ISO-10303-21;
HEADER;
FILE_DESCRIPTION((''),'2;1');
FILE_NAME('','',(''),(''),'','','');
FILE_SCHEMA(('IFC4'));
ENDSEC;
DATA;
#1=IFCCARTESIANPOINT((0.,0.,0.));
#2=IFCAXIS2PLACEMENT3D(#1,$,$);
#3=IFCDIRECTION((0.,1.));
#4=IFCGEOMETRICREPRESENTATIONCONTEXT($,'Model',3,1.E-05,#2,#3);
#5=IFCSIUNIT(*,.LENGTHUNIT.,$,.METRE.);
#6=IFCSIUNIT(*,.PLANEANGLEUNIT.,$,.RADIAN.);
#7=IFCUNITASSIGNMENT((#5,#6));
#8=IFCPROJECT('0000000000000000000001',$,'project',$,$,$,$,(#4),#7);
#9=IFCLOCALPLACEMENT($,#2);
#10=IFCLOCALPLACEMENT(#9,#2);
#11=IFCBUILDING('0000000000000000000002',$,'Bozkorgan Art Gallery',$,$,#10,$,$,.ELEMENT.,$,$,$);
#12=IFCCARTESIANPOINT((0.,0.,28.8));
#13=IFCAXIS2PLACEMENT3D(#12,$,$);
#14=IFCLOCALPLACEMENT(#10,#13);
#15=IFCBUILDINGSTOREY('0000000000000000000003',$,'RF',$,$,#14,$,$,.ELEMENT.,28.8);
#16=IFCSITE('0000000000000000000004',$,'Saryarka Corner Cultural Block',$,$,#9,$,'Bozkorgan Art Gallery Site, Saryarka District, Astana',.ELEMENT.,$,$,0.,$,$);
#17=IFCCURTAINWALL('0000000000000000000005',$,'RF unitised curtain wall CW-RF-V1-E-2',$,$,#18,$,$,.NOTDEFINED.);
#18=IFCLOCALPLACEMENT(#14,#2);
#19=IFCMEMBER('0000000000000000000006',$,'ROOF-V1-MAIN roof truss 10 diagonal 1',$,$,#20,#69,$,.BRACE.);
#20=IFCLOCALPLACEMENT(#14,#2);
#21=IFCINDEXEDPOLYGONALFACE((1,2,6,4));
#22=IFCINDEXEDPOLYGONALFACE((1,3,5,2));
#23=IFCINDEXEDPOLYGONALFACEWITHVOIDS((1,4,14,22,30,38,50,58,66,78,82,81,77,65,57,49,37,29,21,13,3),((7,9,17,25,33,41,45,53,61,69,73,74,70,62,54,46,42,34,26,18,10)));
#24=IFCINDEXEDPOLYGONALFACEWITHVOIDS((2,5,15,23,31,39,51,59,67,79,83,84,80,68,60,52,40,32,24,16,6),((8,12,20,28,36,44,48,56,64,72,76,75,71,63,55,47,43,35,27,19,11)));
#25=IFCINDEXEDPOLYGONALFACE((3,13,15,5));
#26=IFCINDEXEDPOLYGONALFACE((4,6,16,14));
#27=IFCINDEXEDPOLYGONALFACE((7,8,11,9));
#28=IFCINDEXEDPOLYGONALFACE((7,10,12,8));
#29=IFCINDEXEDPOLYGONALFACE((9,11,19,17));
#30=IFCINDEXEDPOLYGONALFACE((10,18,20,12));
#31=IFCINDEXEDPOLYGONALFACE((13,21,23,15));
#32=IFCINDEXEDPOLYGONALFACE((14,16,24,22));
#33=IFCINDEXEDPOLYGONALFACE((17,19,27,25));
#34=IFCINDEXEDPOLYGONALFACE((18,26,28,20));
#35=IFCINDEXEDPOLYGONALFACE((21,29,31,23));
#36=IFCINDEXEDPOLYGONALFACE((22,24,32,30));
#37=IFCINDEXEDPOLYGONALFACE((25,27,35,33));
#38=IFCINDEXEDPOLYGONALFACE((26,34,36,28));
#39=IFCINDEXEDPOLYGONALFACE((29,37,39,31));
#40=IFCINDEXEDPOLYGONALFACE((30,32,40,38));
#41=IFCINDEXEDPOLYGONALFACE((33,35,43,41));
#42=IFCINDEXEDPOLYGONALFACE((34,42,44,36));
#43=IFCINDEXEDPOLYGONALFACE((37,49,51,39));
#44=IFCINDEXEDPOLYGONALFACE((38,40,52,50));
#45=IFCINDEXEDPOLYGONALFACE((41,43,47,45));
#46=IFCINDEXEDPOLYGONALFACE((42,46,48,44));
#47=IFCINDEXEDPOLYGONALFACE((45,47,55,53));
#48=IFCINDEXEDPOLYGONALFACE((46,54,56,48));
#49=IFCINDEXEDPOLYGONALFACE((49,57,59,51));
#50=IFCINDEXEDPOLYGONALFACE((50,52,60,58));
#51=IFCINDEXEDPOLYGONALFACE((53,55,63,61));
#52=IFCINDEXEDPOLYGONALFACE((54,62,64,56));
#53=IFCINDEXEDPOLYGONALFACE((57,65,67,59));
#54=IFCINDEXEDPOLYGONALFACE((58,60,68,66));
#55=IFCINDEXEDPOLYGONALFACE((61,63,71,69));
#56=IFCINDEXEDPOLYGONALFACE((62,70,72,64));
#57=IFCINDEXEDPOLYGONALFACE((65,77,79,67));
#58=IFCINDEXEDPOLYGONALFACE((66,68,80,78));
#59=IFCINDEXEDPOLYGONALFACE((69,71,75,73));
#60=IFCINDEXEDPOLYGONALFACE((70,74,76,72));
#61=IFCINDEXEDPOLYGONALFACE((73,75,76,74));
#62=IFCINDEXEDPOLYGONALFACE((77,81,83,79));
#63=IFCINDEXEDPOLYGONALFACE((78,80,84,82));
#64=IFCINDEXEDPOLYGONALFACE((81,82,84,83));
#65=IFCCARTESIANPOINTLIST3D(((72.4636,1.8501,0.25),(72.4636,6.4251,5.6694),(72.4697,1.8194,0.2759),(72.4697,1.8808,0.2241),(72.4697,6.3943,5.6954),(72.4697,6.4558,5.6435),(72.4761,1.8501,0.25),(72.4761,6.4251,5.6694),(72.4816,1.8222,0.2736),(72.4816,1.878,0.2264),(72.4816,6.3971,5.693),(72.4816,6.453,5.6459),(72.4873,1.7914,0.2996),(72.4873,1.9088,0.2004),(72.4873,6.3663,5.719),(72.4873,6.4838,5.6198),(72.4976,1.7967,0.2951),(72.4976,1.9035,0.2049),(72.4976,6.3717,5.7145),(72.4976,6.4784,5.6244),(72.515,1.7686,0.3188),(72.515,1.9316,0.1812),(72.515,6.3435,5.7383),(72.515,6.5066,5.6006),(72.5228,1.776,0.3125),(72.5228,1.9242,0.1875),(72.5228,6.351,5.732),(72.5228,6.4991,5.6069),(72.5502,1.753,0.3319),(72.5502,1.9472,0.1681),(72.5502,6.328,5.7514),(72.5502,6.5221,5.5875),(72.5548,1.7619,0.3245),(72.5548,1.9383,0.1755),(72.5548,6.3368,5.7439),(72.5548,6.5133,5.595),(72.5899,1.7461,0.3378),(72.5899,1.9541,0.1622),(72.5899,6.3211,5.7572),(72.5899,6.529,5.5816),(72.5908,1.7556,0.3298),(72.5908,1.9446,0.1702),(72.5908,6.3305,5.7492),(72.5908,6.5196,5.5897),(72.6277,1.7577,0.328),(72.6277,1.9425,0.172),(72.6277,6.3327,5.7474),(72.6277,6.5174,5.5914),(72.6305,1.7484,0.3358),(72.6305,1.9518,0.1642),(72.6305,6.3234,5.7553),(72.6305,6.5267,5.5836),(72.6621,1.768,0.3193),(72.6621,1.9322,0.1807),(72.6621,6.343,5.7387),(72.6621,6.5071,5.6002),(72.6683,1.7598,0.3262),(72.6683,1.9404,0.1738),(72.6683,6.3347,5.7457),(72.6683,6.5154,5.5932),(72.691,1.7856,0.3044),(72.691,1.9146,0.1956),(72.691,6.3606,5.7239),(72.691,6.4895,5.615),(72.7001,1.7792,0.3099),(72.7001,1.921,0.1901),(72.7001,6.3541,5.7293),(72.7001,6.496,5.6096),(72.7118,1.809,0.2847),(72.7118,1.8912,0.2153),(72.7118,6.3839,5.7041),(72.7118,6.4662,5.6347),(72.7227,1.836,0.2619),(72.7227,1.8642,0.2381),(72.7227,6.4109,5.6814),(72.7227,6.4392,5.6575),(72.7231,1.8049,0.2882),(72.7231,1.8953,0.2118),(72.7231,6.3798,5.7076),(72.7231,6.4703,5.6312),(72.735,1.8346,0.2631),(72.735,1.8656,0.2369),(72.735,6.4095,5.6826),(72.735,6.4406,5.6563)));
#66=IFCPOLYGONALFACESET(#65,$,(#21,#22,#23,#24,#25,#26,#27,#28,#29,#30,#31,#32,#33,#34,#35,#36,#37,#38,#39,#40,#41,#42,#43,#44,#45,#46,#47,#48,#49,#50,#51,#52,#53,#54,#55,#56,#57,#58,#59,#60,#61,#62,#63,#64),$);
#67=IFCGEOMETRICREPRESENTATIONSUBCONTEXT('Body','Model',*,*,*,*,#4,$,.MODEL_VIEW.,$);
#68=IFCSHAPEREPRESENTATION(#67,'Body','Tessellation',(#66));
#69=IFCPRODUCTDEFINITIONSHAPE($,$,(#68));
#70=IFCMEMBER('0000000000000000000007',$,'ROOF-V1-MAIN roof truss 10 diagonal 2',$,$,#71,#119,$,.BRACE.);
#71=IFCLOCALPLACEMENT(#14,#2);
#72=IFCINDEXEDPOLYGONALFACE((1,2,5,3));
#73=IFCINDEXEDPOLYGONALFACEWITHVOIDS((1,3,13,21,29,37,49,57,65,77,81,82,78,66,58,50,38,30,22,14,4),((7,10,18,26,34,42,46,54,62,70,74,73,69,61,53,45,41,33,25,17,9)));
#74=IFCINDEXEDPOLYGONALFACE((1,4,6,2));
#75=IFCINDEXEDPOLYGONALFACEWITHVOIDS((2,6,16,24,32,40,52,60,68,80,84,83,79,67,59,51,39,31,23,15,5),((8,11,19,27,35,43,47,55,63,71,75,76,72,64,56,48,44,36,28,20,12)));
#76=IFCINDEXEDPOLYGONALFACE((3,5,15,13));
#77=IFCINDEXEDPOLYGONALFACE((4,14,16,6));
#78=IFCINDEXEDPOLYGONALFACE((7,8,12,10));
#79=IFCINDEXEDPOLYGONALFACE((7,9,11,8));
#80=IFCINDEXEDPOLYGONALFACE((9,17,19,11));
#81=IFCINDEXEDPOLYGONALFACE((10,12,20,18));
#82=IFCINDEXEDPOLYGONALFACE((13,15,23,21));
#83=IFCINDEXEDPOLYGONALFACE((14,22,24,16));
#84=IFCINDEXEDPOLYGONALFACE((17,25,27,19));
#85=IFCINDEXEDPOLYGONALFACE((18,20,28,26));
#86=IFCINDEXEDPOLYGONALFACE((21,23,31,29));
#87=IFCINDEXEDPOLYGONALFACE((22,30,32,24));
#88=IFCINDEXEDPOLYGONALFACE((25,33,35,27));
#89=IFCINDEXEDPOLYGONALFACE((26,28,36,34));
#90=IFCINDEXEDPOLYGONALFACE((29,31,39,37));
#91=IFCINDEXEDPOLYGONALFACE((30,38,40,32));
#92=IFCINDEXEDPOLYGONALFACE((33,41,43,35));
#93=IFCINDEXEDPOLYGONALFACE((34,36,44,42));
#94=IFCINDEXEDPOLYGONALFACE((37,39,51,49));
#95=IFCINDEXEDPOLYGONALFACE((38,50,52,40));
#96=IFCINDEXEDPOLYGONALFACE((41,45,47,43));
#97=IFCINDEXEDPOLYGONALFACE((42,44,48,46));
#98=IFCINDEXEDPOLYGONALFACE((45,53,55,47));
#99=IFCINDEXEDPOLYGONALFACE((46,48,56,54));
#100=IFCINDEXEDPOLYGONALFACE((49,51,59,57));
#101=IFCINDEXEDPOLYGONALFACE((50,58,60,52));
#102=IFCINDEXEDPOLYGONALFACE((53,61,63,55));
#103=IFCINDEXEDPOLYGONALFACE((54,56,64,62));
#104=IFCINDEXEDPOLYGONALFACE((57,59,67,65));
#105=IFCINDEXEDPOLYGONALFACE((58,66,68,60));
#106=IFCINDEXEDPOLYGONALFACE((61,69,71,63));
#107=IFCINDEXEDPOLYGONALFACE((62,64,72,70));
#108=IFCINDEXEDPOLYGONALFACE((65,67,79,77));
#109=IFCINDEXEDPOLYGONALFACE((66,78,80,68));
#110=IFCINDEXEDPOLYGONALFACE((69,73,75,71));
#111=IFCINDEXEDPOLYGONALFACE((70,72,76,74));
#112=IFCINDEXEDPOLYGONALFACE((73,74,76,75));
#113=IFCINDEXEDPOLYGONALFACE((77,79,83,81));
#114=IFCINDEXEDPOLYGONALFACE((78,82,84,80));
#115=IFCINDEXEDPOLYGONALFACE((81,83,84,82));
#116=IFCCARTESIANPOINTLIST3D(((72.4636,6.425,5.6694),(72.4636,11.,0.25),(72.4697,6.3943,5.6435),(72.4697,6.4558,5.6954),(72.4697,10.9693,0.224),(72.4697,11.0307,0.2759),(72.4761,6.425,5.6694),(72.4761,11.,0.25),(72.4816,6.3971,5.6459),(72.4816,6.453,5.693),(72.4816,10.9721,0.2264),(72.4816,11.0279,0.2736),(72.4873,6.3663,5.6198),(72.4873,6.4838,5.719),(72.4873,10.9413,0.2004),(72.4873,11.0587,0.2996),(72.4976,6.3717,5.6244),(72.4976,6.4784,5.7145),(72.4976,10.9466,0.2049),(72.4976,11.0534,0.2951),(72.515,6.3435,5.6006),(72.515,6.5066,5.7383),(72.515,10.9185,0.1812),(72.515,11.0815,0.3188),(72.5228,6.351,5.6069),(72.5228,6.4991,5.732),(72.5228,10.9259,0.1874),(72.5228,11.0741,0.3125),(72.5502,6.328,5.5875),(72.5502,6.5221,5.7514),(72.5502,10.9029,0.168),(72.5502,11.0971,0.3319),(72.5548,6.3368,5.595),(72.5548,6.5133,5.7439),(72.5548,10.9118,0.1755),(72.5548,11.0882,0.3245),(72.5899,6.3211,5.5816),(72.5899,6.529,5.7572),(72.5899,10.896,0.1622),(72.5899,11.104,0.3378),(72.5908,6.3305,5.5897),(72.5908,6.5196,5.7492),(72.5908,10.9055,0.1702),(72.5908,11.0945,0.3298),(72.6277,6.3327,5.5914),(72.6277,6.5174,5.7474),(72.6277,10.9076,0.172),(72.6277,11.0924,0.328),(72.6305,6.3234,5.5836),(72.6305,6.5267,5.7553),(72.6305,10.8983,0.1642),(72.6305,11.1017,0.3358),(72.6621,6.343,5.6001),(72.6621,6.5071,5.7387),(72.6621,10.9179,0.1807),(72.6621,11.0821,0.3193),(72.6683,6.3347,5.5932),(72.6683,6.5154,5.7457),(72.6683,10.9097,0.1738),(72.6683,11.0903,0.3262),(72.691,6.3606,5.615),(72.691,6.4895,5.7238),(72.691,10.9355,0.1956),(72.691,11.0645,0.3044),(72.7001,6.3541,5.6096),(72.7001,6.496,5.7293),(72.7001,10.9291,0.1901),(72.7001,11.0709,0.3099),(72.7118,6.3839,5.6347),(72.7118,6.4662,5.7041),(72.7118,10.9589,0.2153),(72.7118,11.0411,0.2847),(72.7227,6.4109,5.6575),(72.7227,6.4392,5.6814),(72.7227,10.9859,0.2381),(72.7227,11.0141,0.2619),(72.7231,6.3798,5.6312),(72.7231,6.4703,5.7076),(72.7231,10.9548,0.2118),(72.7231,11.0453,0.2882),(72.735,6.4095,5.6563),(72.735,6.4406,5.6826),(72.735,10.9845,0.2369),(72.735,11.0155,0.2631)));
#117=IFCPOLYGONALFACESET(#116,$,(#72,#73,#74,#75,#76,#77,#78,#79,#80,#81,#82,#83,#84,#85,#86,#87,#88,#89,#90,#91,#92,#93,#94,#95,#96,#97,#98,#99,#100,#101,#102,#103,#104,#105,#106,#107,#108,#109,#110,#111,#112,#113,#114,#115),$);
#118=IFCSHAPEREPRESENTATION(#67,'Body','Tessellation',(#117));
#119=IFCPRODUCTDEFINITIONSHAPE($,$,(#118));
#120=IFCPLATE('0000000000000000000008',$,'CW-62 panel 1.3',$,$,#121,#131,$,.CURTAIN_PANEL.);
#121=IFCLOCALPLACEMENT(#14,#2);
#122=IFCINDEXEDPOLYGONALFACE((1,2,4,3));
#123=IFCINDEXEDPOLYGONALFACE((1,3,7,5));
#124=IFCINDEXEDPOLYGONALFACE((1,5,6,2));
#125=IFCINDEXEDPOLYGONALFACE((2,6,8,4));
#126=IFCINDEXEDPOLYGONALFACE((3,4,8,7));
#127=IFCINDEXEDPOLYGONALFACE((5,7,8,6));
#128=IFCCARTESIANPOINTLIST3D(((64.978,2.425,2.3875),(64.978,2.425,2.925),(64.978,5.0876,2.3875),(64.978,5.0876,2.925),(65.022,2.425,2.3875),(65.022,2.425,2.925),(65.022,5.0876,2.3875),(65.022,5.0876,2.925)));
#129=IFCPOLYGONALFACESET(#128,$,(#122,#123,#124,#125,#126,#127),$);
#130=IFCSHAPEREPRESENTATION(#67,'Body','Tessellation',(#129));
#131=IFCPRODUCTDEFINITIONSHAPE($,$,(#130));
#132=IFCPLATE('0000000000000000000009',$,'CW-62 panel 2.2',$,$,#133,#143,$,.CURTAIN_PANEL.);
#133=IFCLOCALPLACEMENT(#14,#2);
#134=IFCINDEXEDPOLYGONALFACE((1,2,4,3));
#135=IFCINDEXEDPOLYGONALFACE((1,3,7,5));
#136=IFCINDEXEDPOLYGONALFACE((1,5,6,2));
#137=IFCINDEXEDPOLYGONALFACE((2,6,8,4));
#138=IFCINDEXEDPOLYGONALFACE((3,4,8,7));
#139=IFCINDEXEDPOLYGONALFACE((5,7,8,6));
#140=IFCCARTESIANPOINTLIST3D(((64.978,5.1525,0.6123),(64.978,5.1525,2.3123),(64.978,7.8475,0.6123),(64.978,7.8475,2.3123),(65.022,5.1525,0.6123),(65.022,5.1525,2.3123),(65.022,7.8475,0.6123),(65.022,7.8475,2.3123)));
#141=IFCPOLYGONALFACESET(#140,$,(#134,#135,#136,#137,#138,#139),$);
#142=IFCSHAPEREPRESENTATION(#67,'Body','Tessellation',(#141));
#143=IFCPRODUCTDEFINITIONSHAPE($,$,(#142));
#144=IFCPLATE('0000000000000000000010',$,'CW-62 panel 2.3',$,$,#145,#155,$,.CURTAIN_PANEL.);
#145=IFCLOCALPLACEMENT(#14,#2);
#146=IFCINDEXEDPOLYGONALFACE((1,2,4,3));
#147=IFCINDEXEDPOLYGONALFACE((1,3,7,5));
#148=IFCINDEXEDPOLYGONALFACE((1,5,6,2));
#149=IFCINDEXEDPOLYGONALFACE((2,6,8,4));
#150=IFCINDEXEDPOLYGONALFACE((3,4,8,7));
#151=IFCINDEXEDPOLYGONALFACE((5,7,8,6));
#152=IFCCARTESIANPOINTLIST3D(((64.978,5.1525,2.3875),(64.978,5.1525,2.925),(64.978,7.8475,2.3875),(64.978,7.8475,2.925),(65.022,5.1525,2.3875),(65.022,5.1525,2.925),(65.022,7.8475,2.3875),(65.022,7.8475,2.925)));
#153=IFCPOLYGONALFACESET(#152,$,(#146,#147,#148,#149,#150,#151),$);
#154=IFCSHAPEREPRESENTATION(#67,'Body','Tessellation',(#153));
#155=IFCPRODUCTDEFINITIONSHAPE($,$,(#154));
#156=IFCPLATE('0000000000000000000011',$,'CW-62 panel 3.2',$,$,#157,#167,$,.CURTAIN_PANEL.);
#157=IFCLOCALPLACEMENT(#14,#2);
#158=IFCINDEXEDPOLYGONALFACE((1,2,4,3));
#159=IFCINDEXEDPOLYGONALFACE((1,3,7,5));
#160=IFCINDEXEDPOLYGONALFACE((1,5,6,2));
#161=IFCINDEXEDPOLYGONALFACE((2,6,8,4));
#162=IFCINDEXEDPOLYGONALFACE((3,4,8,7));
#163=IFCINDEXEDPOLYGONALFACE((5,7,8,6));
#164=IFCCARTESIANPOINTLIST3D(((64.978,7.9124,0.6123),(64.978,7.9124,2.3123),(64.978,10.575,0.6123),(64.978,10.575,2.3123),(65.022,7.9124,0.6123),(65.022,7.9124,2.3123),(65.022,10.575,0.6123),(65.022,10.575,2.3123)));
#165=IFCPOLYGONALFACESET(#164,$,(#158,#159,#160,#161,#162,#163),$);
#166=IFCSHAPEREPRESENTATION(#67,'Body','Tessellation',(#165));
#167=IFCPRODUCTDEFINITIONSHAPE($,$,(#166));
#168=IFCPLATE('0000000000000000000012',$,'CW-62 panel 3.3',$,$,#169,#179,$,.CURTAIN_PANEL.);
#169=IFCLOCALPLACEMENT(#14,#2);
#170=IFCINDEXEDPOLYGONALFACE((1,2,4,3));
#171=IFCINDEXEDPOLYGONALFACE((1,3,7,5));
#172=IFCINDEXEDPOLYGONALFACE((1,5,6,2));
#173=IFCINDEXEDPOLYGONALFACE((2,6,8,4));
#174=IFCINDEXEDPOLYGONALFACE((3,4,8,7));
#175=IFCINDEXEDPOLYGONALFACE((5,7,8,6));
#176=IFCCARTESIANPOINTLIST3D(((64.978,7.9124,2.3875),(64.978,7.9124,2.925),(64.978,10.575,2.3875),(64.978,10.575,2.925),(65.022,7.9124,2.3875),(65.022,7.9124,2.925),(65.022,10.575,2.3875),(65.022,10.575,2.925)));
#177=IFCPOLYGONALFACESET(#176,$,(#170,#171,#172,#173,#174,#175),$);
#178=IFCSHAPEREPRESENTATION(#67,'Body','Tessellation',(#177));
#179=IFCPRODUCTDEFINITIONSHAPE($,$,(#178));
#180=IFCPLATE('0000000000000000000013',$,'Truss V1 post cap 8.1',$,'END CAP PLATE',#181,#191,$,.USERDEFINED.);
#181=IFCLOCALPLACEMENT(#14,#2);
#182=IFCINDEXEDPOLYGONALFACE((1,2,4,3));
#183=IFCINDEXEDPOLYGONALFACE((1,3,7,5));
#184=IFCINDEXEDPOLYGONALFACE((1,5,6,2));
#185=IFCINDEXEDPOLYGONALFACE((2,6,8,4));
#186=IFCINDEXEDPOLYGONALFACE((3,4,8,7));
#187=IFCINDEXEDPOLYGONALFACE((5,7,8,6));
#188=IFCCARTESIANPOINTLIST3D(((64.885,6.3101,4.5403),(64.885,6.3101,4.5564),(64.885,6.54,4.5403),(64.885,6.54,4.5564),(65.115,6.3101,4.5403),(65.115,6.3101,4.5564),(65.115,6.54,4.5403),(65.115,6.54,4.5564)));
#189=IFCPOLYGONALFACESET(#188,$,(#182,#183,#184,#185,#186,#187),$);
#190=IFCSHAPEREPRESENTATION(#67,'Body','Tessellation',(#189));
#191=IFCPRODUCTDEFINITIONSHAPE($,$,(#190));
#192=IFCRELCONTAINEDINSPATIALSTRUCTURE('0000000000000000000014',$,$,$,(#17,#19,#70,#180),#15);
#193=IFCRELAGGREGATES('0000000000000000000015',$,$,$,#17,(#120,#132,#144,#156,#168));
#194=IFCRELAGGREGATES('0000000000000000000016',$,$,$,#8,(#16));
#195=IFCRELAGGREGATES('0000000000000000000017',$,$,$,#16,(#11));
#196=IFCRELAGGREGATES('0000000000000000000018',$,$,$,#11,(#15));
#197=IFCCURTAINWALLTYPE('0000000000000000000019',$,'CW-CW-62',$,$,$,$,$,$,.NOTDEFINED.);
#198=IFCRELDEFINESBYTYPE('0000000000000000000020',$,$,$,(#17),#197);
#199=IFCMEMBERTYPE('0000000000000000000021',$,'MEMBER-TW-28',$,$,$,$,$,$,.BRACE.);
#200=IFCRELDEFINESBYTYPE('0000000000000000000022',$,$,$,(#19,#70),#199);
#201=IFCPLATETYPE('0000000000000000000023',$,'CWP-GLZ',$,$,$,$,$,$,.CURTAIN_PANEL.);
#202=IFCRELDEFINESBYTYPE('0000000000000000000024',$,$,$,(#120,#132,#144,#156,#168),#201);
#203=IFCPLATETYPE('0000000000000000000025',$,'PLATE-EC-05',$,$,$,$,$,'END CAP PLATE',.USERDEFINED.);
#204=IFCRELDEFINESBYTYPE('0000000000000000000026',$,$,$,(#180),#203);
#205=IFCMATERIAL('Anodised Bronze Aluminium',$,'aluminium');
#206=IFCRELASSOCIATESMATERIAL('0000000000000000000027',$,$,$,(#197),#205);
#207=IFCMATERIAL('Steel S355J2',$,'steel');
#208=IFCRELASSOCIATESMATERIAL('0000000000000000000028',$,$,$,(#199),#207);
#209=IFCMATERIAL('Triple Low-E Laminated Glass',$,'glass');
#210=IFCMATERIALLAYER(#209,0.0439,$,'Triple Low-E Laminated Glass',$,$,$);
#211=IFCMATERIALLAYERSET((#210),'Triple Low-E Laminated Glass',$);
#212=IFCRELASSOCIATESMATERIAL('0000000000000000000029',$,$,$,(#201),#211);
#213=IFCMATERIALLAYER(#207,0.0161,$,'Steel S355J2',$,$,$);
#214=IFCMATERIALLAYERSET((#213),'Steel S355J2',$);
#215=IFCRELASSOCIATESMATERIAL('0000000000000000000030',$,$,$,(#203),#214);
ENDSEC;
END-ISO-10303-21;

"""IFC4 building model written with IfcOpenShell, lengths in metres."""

from ifc_helpers import new_model, si_unit, direction, frame, origin, origin_2d, place, context, subcontext, project, spatial, rectangle, hollow_circle, extrude, material, layer, layer_set, material_profile, profile_set, type_object, element, aggregate, save


model = new_model("IFC4")

# Units and contexts
model_context = context("Model", 3, precision=1e-05, world=origin(), true_north=direction((0.0, 1.0)))
body_context = subcontext(model_context, "Body", "Model", "MODEL_VIEW")
ifc_project = project(units=[si_unit("LENGTHUNIT", "METRE"), si_unit("PLANEANGLEUNIT", "RADIAN")], contexts=[model_context])

# Site, building, storey
site_placement = place(None, origin())
site = spatial("IfcSite", under=ifc_project, at=site_placement, Name="Saryarka Corner Cultural Block", LongName="Bozkorgan Art Gallery Site, Saryarka District, Astana", CompositionType="ELEMENT", RefElevation=0.0)
building_placement = place(site_placement, origin())
building = spatial("IfcBuilding", under=site, at=building_placement, Name="Bozkorgan Art Gallery", CompositionType="ELEMENT")
storey_placement = place(building_placement, frame((0.0, 0.0, 28.8)))
storey = spatial("IfcBuildingStorey", under=building, at=storey_placement, Name="RF", CompositionType="ELEMENT", Elevation=28.8)

# Shared definitions
ifc_material_1 = material(Name="Steel S355J2", Category="steel")

# Curtain wall
ifc_material_2 = material(Name="Anodised Bronze Aluminium", Category="aluminium")
curtain_wall_type = type_object("IfcCurtainWallType", Name="CW-CW-62", PredefinedType="NOTDEFINED", material=ifc_material_2)
curtain_wall_placement = place(storey_placement, origin())
curtain_wall = element("IfcCurtainWall", 1, at=curtain_wall_placement, inside=storey, type_object=curtain_wall_type, Name="RF unitised curtain wall CW-RF-V1-E-2", PredefinedType="NOTDEFINED")

# Members
ifc_material_profile_1 = material_profile(ifc_material_1, hollow_circle(Radius=0.1365, WallThickness=0.0125, at=origin_2d()), Name="CHS 273x12.5")
ifc_profile_set_1 = profile_set([ifc_material_profile_1], Name="Steel S355J2")
member_type_1 = type_object("IfcMemberType", Name="MEMBER-TW-28", PredefinedType="BRACE", material=ifc_profile_set_1)
for number, where, z_axis, x_axis, name in (
    (2, (72.6001, 1.8501, 0.25), (0.0, 0.645061, 0.764131), (-1.0, 0.0, 0.0), "ROOF-V1-MAIN roof truss 10 diagonal 1"),
    (3, (72.6001, 6.425, 5.6694), (0.0, 0.645061, -0.764131), (-1.0, 0.0, 0.0), "ROOF-V1-MAIN roof truss 10 diagonal 2"),
):
    element("IfcMember", number, at=place(storey_placement, frame(where, z_axis=z_axis, x_axis=x_axis)), inside=storey, type_object=member_type_1, Name=name, PredefinedType="BRACE", context=body_context, shape_type="SweptSolid", body=[
        extrude(hollow_circle(Radius=0.1365, WallThickness=0.0125, at=origin_2d()), origin(), (0.0, 0.0, 1.0), 7.0923),
    ])

# Plates
ifc_material_3 = material(Name="Triple Low-E Laminated Glass", Category="glass")
ifc_layer_1 = layer(ifc_material_3, 0.0439, Name="Triple Low-E Laminated Glass")
ifc_layer_set_1 = layer_set([ifc_layer_1], Name="Triple Low-E Laminated Glass")
plate_type_1 = type_object("IfcPlateType", Name="CWP-GLZ", PredefinedType="CURTAIN_PANEL", material=ifc_layer_set_1)
plate_1_placement = place(storey_placement, frame((65.0, 3.7563, 2.3875), z_axis=(0.0, 0.0, 1.0), x_axis=(0.0, 1.0, 0.0)))
plate_1 = element("IfcPlate", 4, at=plate_1_placement, type_object=plate_type_1, Name="CW-62 panel 1.3", PredefinedType="CURTAIN_PANEL", context=body_context, shape_type="SweptSolid", body=[
    extrude(rectangle(XDim=2.6626, YDim=0.0439, at=origin_2d()), origin(), (0.0, 0.0, 1.0), 0.5376),
])
plate_2_placement = place(storey_placement, frame((65.0, 6.5, 0.6123), z_axis=(0.0, 0.0, 1.0), x_axis=(0.0, 1.0, 0.0)))
plate_2 = element("IfcPlate", 5, at=plate_2_placement, type_object=plate_type_1, Name="CW-62 panel 2.2", PredefinedType="CURTAIN_PANEL", context=body_context, shape_type="SweptSolid", body=[
    extrude(rectangle(XDim=2.6951, YDim=0.0439, at=origin_2d()), origin(), (0.0, 0.0, 1.0), 1.7),
])
plate_3_placement = place(storey_placement, frame((65.0, 6.5, 2.3875), z_axis=(0.0, 0.0, 1.0), x_axis=(0.0, 1.0, 0.0)))
plate_3 = element("IfcPlate", 6, at=plate_3_placement, type_object=plate_type_1, Name="CW-62 panel 2.3", PredefinedType="CURTAIN_PANEL", context=body_context, shape_type="SweptSolid", body=[
    extrude(rectangle(XDim=2.6951, YDim=0.0439, at=origin_2d()), origin(), (0.0, 0.0, 1.0), 0.5376),
])
plate_4_placement = place(storey_placement, frame((65.0, 9.2437, 0.6123), z_axis=(0.0, 0.0, 1.0), x_axis=(0.0, 1.0, 0.0)))
plate_4 = element("IfcPlate", 7, at=plate_4_placement, type_object=plate_type_1, Name="CW-62 panel 3.2", PredefinedType="CURTAIN_PANEL", context=body_context, shape_type="SweptSolid", body=[
    extrude(rectangle(XDim=2.6626, YDim=0.0439, at=origin_2d()), origin(), (0.0, 0.0, 1.0), 1.7),
])
plate_5_placement = place(storey_placement, frame((65.0, 9.2437, 2.3875), z_axis=(0.0, 0.0, 1.0), x_axis=(0.0, 1.0, 0.0)))
plate_5 = element("IfcPlate", 8, at=plate_5_placement, type_object=plate_type_1, Name="CW-62 panel 3.3", PredefinedType="CURTAIN_PANEL", context=body_context, shape_type="SweptSolid", body=[
    extrude(rectangle(XDim=2.6626, YDim=0.0439, at=origin_2d()), origin(), (0.0, 0.0, 1.0), 0.5376),
])
aggregate(curtain_wall, [plate_1, plate_2, plate_3, plate_4, plate_5])

# Plate
ifc_layer_2 = layer(ifc_material_1, 0.0161, Name="Steel S355J2")
ifc_layer_set_2 = layer_set([ifc_layer_2], Name="Steel S355J2")
plate_type_2 = type_object("IfcPlateType", Name="PLATE-EC-05", ElementType="END CAP PLATE", PredefinedType="USERDEFINED", material=ifc_layer_set_2)
plate_6_placement = place(storey_placement, frame((65.0, 6.425, 4.5403), z_axis=(0.0, 0.0, 1.0), x_axis=(1.0, 0.0, 0.0)))
element("IfcPlate", 9, at=plate_6_placement, inside=storey, type_object=plate_type_2, Name="Truss V1 post cap 8.1", ObjectType="END CAP PLATE", PredefinedType="USERDEFINED", context=body_context, shape_type="SweptSolid", body=[
    extrude(rectangle(XDim=0.23, YDim=0.23, at=origin_2d()), origin(), (0.0, 0.0, 1.0), 0.0161),
])

save(model, "model.ifc")
